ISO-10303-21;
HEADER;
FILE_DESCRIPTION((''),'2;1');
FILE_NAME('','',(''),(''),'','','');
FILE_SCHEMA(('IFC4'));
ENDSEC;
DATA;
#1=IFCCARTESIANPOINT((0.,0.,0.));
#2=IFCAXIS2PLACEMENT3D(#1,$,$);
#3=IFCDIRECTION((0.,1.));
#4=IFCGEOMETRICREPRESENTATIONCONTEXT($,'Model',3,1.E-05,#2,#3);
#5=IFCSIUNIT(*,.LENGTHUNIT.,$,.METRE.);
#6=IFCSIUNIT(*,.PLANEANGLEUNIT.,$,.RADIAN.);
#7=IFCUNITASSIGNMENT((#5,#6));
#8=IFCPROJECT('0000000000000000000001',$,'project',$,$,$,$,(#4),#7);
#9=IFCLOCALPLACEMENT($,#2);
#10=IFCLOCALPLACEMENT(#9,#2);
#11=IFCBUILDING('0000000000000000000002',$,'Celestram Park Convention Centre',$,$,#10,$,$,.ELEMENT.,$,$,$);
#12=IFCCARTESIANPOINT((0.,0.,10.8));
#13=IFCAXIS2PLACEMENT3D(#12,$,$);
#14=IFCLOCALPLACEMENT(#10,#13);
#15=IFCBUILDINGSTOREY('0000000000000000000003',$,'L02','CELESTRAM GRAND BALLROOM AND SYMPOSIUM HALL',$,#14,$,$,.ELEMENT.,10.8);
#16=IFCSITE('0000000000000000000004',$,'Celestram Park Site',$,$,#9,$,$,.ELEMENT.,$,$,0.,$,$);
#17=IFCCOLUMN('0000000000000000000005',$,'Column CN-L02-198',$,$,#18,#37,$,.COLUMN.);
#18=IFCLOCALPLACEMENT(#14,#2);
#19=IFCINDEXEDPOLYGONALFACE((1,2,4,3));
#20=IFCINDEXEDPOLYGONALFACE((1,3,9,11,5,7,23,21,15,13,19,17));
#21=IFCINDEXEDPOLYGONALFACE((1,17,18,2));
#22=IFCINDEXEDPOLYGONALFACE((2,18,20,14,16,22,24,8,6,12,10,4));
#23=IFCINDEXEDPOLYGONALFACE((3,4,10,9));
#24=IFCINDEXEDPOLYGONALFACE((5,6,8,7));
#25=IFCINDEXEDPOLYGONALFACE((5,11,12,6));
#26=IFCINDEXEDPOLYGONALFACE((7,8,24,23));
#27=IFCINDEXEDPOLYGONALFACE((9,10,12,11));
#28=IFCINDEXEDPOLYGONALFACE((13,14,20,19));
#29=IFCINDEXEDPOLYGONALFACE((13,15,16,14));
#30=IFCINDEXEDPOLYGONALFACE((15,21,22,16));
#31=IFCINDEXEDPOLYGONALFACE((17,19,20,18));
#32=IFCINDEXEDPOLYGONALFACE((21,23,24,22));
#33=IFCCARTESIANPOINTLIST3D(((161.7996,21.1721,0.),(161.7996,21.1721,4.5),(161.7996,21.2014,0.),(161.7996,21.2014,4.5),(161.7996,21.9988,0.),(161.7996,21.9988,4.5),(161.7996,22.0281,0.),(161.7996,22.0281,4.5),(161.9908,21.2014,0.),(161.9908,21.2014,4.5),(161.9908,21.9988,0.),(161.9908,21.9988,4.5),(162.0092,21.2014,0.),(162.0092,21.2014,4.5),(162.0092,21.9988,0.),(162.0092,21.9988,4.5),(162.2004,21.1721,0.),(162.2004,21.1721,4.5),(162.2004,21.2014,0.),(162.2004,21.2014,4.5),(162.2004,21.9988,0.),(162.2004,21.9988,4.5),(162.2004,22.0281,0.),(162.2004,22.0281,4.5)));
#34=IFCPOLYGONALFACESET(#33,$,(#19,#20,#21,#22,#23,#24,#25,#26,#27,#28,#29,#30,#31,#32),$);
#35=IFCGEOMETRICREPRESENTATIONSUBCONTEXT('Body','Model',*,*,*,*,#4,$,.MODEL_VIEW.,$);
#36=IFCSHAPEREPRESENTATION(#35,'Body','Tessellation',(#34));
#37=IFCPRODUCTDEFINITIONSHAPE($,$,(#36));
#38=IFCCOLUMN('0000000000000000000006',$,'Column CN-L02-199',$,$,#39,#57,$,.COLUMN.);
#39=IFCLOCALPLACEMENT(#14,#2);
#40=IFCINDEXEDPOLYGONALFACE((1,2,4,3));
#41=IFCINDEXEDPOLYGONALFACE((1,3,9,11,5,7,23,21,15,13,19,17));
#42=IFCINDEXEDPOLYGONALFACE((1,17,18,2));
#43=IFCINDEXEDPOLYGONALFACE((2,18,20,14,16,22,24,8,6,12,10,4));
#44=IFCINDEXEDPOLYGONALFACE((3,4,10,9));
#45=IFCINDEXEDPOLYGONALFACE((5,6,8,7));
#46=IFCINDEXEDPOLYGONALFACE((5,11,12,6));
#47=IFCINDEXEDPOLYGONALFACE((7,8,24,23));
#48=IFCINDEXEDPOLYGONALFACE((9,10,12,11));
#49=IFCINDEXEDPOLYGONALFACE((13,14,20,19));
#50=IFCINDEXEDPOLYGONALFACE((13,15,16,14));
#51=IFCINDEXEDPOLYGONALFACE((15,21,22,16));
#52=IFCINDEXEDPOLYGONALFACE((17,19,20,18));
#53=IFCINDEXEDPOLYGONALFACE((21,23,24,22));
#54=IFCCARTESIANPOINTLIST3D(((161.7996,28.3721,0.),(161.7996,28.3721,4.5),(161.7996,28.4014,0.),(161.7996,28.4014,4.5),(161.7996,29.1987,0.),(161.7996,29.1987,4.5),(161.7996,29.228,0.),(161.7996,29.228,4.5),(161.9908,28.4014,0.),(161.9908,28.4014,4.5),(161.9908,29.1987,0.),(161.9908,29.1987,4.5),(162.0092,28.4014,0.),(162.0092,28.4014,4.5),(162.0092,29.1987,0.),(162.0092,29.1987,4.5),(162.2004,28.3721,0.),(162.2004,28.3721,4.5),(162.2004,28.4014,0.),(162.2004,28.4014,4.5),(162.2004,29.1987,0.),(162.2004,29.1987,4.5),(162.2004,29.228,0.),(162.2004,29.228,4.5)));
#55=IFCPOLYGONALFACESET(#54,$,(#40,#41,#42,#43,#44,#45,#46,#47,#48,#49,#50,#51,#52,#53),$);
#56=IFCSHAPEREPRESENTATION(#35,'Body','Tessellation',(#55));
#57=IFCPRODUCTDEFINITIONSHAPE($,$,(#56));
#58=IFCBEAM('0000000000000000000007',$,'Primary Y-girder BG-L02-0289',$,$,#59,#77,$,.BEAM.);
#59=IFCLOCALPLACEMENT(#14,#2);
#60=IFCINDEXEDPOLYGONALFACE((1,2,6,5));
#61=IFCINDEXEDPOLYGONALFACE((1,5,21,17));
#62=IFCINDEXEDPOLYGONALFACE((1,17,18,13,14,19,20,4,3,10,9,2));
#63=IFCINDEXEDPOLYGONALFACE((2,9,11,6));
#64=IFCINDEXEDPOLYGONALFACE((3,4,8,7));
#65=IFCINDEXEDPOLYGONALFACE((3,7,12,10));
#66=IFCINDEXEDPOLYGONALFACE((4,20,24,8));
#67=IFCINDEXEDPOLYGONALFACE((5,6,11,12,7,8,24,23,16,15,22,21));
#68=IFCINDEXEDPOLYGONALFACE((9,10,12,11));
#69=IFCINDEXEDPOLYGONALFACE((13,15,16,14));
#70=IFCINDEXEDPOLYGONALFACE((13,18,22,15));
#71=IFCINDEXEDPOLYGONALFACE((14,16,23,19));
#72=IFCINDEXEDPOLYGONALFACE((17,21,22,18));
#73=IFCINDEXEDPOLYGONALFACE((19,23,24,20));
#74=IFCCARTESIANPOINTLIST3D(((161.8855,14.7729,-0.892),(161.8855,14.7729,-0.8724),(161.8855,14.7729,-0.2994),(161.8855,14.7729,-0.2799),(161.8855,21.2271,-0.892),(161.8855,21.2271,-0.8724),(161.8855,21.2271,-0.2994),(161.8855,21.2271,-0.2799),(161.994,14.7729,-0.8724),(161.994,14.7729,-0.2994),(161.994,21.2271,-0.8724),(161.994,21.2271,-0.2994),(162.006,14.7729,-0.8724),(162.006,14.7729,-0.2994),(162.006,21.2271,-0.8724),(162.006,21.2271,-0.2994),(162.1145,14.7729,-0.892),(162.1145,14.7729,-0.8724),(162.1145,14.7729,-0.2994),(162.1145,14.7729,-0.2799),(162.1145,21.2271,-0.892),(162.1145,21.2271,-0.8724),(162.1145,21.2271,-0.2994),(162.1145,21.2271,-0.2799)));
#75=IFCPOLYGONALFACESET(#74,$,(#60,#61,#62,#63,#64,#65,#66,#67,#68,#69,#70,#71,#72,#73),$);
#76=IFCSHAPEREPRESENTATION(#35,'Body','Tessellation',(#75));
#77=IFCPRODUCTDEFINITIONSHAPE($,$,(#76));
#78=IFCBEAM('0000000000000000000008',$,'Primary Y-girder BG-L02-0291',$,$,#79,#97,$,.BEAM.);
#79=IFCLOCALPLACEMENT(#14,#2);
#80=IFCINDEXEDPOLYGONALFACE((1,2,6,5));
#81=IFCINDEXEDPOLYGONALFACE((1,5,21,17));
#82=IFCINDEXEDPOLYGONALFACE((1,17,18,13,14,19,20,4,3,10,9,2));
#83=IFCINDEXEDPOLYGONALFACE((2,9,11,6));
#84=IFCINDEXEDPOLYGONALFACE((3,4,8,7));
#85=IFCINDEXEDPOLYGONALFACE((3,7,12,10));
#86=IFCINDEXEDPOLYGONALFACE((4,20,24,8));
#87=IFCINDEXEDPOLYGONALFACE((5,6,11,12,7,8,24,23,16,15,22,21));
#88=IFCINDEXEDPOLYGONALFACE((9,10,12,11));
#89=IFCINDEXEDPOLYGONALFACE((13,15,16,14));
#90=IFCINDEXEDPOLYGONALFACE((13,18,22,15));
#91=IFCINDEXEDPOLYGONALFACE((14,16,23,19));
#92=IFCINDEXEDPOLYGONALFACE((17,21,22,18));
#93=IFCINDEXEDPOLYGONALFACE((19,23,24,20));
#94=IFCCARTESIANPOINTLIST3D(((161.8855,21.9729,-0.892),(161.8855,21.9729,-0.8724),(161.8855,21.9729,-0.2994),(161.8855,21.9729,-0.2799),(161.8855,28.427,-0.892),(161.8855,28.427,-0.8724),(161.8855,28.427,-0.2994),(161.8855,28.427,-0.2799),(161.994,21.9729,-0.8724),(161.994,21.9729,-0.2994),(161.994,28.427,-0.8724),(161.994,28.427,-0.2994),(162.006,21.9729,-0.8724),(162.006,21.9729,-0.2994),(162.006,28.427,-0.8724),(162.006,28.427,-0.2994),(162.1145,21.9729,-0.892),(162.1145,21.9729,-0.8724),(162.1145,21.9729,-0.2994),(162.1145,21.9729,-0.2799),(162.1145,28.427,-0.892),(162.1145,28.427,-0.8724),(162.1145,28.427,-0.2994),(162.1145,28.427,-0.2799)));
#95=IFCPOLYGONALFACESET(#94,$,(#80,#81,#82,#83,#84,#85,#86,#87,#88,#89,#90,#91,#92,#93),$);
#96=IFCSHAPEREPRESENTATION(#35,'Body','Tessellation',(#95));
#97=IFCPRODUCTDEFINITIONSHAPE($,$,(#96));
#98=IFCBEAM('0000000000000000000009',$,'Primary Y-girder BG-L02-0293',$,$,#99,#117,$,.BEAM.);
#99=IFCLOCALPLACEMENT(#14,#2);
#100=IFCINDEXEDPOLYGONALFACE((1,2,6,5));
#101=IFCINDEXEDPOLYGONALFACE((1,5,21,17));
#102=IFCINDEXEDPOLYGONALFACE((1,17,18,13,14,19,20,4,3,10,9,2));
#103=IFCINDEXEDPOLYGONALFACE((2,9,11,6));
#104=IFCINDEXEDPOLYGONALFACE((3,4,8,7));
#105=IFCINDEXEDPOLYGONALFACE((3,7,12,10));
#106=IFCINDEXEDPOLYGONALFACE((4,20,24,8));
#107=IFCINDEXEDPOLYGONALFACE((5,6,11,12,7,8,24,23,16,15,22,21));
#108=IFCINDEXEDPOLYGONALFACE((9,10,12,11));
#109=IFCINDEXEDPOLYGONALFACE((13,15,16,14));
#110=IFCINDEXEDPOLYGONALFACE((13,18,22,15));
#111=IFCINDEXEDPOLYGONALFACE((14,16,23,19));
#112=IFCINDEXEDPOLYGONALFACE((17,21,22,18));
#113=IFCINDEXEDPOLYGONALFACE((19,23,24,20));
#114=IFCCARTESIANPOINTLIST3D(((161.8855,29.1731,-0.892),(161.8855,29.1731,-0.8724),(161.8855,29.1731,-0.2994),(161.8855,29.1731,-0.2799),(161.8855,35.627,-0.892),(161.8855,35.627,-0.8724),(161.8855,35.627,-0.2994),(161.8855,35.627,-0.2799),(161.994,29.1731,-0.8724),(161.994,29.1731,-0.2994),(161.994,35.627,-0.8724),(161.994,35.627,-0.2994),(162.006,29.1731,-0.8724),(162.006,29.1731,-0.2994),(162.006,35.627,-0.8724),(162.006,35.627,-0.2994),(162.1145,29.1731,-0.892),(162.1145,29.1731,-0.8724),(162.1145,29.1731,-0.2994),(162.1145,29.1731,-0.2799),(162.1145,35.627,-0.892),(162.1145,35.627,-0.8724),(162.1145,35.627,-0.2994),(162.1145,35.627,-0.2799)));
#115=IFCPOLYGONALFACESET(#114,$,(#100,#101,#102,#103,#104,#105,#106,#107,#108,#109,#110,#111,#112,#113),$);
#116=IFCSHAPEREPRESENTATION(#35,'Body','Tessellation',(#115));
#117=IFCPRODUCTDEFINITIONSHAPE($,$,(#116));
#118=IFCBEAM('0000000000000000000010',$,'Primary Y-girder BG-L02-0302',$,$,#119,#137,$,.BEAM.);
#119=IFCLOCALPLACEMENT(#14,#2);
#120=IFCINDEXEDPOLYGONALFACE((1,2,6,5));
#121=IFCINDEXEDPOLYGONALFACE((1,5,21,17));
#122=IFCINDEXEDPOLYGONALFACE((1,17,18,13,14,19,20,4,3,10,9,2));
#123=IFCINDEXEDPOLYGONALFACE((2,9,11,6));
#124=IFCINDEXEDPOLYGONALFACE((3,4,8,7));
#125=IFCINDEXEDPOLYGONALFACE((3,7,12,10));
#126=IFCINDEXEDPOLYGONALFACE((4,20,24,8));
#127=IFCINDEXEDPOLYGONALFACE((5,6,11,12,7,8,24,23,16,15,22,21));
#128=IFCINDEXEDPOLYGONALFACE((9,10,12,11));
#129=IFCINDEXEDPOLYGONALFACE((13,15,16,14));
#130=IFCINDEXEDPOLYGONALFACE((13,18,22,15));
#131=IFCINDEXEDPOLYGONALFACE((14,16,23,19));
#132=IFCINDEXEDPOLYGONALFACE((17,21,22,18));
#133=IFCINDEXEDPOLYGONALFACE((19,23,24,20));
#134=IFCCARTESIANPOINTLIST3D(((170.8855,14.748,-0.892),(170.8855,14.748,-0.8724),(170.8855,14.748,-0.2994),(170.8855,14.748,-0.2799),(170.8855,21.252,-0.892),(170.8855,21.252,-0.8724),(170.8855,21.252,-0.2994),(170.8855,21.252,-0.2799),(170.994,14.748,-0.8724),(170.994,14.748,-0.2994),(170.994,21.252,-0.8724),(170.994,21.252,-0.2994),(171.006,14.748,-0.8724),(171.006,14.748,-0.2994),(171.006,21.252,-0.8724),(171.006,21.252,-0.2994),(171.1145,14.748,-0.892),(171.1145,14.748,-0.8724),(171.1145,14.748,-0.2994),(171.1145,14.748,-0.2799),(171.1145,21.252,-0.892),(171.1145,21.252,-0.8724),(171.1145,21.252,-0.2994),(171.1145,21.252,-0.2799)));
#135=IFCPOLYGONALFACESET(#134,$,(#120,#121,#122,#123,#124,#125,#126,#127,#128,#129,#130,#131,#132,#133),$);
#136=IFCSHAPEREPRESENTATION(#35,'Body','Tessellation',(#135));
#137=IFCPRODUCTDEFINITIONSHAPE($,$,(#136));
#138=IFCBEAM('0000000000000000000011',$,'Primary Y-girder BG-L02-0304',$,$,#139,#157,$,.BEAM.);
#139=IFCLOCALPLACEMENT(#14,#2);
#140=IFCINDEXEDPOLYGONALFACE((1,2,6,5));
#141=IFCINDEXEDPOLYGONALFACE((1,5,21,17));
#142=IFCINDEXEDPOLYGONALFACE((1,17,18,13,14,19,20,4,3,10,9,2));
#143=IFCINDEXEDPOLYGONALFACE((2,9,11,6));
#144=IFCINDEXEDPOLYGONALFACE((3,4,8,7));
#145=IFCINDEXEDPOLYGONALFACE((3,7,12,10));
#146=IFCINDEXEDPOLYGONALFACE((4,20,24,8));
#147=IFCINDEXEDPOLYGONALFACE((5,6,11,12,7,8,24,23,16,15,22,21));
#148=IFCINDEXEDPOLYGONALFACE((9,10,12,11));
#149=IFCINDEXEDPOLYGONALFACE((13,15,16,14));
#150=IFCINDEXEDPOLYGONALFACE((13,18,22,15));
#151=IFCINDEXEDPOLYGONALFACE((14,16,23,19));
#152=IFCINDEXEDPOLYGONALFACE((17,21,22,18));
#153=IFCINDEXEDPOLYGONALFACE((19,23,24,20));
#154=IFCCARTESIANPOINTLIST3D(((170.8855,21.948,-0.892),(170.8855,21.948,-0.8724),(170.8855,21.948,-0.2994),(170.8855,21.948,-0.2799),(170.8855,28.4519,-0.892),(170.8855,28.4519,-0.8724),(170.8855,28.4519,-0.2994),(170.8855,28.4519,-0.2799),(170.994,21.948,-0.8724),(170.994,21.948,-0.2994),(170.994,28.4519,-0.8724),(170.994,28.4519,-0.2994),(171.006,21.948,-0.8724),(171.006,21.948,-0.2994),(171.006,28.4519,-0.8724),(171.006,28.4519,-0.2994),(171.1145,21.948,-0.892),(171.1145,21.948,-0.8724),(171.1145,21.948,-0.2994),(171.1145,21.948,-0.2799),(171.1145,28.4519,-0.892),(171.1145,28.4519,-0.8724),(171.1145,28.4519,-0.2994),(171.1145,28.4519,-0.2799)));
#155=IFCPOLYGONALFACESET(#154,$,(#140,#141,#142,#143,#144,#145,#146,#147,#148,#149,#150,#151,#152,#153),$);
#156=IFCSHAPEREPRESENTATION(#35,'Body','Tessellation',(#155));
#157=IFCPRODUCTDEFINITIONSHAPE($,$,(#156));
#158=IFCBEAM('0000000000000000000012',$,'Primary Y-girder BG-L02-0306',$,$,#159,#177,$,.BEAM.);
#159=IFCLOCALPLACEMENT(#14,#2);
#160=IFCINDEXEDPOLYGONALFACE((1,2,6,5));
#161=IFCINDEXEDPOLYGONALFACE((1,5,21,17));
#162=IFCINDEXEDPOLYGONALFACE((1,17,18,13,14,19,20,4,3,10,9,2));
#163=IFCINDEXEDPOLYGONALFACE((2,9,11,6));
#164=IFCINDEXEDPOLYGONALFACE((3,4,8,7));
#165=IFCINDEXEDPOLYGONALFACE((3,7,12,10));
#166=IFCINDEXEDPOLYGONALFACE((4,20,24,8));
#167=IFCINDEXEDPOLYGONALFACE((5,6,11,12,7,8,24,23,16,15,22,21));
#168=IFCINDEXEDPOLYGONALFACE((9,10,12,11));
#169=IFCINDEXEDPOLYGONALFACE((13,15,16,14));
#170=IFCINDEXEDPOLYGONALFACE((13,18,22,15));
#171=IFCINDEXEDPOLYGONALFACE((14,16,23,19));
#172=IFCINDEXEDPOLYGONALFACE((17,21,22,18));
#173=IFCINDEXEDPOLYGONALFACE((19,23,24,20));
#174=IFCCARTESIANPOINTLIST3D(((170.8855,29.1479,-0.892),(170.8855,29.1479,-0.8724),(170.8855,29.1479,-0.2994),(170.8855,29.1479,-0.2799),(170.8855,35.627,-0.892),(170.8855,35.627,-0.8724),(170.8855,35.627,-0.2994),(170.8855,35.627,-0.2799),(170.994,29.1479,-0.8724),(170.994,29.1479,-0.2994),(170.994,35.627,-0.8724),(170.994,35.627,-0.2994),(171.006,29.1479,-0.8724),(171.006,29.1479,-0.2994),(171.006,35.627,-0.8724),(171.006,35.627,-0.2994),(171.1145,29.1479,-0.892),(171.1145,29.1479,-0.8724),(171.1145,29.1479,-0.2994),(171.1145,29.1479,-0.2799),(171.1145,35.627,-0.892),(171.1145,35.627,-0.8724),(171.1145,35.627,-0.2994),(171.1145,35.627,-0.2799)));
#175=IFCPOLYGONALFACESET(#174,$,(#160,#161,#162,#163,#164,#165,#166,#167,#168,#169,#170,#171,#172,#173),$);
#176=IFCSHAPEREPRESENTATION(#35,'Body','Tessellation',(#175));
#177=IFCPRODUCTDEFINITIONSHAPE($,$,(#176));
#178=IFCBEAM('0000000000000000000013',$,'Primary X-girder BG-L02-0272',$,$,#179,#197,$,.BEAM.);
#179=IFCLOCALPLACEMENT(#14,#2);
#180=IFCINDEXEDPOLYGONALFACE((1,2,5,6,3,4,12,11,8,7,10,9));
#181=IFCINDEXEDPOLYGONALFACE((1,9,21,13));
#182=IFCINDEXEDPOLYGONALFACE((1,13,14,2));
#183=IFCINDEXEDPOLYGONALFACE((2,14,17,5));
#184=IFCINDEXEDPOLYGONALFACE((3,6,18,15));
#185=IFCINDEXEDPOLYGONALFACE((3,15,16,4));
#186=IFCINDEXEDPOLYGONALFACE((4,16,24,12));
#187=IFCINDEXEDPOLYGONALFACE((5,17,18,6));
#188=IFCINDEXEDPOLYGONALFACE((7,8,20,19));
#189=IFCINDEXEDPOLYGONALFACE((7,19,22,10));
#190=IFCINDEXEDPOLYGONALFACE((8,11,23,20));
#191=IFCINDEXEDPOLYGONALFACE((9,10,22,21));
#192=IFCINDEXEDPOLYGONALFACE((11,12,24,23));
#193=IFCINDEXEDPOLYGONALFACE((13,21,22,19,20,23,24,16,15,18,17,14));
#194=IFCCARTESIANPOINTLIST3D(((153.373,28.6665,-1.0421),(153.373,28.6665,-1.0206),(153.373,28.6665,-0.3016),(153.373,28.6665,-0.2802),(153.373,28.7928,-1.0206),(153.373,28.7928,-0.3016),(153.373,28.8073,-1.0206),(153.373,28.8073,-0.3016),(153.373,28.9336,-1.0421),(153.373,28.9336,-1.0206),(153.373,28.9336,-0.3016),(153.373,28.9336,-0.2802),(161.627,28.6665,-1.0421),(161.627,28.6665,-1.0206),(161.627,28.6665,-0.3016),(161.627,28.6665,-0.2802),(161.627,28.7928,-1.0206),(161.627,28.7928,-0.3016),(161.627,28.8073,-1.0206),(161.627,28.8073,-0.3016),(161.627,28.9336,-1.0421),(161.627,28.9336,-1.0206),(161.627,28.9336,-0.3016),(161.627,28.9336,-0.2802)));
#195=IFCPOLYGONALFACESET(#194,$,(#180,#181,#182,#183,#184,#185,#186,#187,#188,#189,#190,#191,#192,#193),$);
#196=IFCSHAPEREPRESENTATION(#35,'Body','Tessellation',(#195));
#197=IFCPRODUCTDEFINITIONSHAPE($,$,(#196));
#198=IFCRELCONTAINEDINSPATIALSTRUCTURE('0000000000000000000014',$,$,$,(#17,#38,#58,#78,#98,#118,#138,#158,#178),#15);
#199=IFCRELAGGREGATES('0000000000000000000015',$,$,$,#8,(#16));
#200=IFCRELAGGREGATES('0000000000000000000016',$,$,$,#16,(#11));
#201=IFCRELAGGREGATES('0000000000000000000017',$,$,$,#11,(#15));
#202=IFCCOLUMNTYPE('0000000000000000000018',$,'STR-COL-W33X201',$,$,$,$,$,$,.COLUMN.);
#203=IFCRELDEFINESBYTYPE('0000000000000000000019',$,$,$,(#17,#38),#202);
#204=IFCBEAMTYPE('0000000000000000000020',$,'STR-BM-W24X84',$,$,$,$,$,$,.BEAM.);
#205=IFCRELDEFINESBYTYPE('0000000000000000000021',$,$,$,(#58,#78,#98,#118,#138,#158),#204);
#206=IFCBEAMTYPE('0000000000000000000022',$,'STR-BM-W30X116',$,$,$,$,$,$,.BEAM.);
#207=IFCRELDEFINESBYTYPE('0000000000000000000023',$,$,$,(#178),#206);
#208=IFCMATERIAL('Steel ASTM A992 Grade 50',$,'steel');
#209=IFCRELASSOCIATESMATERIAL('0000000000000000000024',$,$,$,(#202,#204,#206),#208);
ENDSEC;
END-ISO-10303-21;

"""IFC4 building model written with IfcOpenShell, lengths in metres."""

from ifc_helpers import new_model, si_unit, direction, frame, origin, origin_2d, place, context, subcontext, project, spatial, i_section, extrude, material, material_profile, profile_set, type_object, element, save


model = new_model("IFC4")

# Units and contexts
model_context = context("Model", 3, precision=1e-05, world=origin(), true_north=direction((0.0, 1.0)))
body_context = subcontext(model_context, "Body", "Model", "MODEL_VIEW")
ifc_project = project(units=[si_unit("LENGTHUNIT", "METRE"), si_unit("PLANEANGLEUNIT", "RADIAN")], contexts=[model_context])

# Site, building, storey
site_placement = place(None, origin())
site = spatial("IfcSite", under=ifc_project, at=site_placement, Name="Celestram Park Site", CompositionType="ELEMENT", RefElevation=0.0)
building_placement = place(site_placement, origin())
building = spatial("IfcBuilding", under=site, at=building_placement, Name="Celestram Park Convention Centre", CompositionType="ELEMENT")
storey_placement = place(building_placement, frame((0.0, 0.0, 10.8)))
storey = spatial("IfcBuildingStorey", under=building, at=storey_placement, Name="L02", Description="CELESTRAM GRAND BALLROOM AND SYMPOSIUM HALL", CompositionType="ELEMENT", Elevation=10.8)

# Columns
ifc_material_1 = material(Name="Steel ASTM A992 Grade 50", Category="steel")
ifc_material_profile_1 = material_profile(ifc_material_1, i_section(OverallWidth=0.4009, OverallDepth=0.856, WebThickness=0.0183, FlangeThickness=0.0293, at=origin_2d()), Name="W33X201")
ifc_profile_set_1 = profile_set([ifc_material_profile_1], Name="Steel ASTM A992 Grade 50")
column_type = type_object("IfcColumnType", Name="STR-COL-W33X201", PredefinedType="COLUMN", material=ifc_profile_set_1)
for number, where, z_axis, x_axis, name in (
    (1, (162.0, 21.6001, 0.0), (0.0, 0.0, 1.0), (1.0, 0.0, 0.0), "Column CN-L02-198"),
    (2, (162.0, 28.8, 0.0), (0.0, 0.0, 1.0), (1.0, 0.0, 0.0), "Column CN-L02-199"),
):
    element("IfcColumn", number, at=place(storey_placement, frame(where, z_axis=z_axis, x_axis=x_axis)), inside=storey, type_object=column_type, Name=name, PredefinedType="COLUMN", context=body_context, shape_type="SweptSolid", body=[
        extrude(i_section(OverallWidth=0.4009, OverallDepth=0.856, WebThickness=0.0183, FlangeThickness=0.0293, at=origin_2d()), origin(), (0.0, 0.0, 1.0), 4.5),
    ])

# Beams
ifc_material_profile_2 = material_profile(ifc_material_1, i_section(OverallWidth=0.229, OverallDepth=0.6121, WebThickness=0.012, FlangeThickness=0.0195, at=origin_2d()), Name="W24X84")
ifc_profile_set_2 = profile_set([ifc_material_profile_2], Name="Steel ASTM A992 Grade 50")
beam_type_1 = type_object("IfcBeamType", Name="STR-BM-W24X84", PredefinedType="BEAM", material=ifc_profile_set_2)
for number, where, z_axis, x_axis, name in (
    (3, (162.0, 14.7729, -0.5859), (0.0, 1.0, 0.0), (-1.0, 0.0, 0.0), "Primary Y-girder BG-L02-0289"),
    (4, (162.0, 21.9729, -0.5859), (0.0, 1.0, 0.0), (-1.0, 0.0, 0.0), "Primary Y-girder BG-L02-0291"),
):
    element("IfcBeam", number, at=place(storey_placement, frame(where, z_axis=z_axis, x_axis=x_axis)), inside=storey, type_object=beam_type_1, Name=name, PredefinedType="BEAM", context=body_context, shape_type="SweptSolid", body=[
        extrude(i_section(OverallWidth=0.229, OverallDepth=0.6121, WebThickness=0.012, FlangeThickness=0.0195, at=origin_2d()), origin(), (0.0, 0.0, 1.0), 6.4541),
    ])
beam_1_placement = place(storey_placement, frame((162.0, 29.1731, -0.5859), z_axis=(0.0, 1.0, 0.0), x_axis=(-1.0, 0.0, 0.0)))
element("IfcBeam", 5, at=beam_1_placement, inside=storey, type_object=beam_type_1, Name="Primary Y-girder BG-L02-0293", PredefinedType="BEAM", context=body_context, shape_type="SweptSolid", body=[
    extrude(i_section(OverallWidth=0.229, OverallDepth=0.6121, WebThickness=0.012, FlangeThickness=0.0195, at=origin_2d()), origin(), (0.0, 0.0, 1.0), 6.4539),
])
for number, where, z_axis, x_axis, name in (
    (6, (171.0, 14.748, -0.5859), (0.0, 1.0, 0.0), (-1.0, 0.0, 0.0), "Primary Y-girder BG-L02-0302"),
    (7, (171.0, 21.948, -0.5859), (0.0, 1.0, 0.0), (-1.0, 0.0, 0.0), "Primary Y-girder BG-L02-0304"),
):
    element("IfcBeam", number, at=place(storey_placement, frame(where, z_axis=z_axis, x_axis=x_axis)), inside=storey, type_object=beam_type_1, Name=name, PredefinedType="BEAM", context=body_context, shape_type="SweptSolid", body=[
        extrude(i_section(OverallWidth=0.229, OverallDepth=0.6121, WebThickness=0.012, FlangeThickness=0.0195, at=origin_2d()), origin(), (0.0, 0.0, 1.0), 6.5039),
    ])
beam_2_placement = place(storey_placement, frame((171.0, 29.1479, -0.5859), z_axis=(0.0, 1.0, 0.0), x_axis=(-1.0, 0.0, 0.0)))
element("IfcBeam", 8, at=beam_2_placement, inside=storey, type_object=beam_type_1, Name="Primary Y-girder BG-L02-0306", PredefinedType="BEAM", context=body_context, shape_type="SweptSolid", body=[
    extrude(i_section(OverallWidth=0.229, OverallDepth=0.6121, WebThickness=0.012, FlangeThickness=0.0195, at=origin_2d()), origin(), (0.0, 0.0, 1.0), 6.479),
])
ifc_material_profile_3 = material_profile(ifc_material_1, i_section(OverallWidth=0.2671, OverallDepth=0.762, WebThickness=0.0144, FlangeThickness=0.0215, at=origin_2d()), Name="W30X116")
ifc_profile_set_3 = profile_set([ifc_material_profile_3], Name="Steel ASTM A992 Grade 50")
beam_type_2 = type_object("IfcBeamType", Name="STR-BM-W30X116", PredefinedType="BEAM", material=ifc_profile_set_3)
beam_3_placement = place(storey_placement, frame((153.373, 28.8, -0.6611), z_axis=(1.0, 0.0, 0.0), x_axis=(0.0, 1.0, 0.0)))
element("IfcBeam", 9, at=beam_3_placement, inside=storey, type_object=beam_type_2, Name="Primary X-girder BG-L02-0272", PredefinedType="BEAM", context=body_context, shape_type="SweptSolid", body=[
    extrude(i_section(OverallWidth=0.2671, OverallDepth=0.762, WebThickness=0.0144, FlangeThickness=0.0215, at=origin_2d()), origin(), (0.0, 0.0, 1.0), 8.2539),
])

save(model, "model.ifc")
